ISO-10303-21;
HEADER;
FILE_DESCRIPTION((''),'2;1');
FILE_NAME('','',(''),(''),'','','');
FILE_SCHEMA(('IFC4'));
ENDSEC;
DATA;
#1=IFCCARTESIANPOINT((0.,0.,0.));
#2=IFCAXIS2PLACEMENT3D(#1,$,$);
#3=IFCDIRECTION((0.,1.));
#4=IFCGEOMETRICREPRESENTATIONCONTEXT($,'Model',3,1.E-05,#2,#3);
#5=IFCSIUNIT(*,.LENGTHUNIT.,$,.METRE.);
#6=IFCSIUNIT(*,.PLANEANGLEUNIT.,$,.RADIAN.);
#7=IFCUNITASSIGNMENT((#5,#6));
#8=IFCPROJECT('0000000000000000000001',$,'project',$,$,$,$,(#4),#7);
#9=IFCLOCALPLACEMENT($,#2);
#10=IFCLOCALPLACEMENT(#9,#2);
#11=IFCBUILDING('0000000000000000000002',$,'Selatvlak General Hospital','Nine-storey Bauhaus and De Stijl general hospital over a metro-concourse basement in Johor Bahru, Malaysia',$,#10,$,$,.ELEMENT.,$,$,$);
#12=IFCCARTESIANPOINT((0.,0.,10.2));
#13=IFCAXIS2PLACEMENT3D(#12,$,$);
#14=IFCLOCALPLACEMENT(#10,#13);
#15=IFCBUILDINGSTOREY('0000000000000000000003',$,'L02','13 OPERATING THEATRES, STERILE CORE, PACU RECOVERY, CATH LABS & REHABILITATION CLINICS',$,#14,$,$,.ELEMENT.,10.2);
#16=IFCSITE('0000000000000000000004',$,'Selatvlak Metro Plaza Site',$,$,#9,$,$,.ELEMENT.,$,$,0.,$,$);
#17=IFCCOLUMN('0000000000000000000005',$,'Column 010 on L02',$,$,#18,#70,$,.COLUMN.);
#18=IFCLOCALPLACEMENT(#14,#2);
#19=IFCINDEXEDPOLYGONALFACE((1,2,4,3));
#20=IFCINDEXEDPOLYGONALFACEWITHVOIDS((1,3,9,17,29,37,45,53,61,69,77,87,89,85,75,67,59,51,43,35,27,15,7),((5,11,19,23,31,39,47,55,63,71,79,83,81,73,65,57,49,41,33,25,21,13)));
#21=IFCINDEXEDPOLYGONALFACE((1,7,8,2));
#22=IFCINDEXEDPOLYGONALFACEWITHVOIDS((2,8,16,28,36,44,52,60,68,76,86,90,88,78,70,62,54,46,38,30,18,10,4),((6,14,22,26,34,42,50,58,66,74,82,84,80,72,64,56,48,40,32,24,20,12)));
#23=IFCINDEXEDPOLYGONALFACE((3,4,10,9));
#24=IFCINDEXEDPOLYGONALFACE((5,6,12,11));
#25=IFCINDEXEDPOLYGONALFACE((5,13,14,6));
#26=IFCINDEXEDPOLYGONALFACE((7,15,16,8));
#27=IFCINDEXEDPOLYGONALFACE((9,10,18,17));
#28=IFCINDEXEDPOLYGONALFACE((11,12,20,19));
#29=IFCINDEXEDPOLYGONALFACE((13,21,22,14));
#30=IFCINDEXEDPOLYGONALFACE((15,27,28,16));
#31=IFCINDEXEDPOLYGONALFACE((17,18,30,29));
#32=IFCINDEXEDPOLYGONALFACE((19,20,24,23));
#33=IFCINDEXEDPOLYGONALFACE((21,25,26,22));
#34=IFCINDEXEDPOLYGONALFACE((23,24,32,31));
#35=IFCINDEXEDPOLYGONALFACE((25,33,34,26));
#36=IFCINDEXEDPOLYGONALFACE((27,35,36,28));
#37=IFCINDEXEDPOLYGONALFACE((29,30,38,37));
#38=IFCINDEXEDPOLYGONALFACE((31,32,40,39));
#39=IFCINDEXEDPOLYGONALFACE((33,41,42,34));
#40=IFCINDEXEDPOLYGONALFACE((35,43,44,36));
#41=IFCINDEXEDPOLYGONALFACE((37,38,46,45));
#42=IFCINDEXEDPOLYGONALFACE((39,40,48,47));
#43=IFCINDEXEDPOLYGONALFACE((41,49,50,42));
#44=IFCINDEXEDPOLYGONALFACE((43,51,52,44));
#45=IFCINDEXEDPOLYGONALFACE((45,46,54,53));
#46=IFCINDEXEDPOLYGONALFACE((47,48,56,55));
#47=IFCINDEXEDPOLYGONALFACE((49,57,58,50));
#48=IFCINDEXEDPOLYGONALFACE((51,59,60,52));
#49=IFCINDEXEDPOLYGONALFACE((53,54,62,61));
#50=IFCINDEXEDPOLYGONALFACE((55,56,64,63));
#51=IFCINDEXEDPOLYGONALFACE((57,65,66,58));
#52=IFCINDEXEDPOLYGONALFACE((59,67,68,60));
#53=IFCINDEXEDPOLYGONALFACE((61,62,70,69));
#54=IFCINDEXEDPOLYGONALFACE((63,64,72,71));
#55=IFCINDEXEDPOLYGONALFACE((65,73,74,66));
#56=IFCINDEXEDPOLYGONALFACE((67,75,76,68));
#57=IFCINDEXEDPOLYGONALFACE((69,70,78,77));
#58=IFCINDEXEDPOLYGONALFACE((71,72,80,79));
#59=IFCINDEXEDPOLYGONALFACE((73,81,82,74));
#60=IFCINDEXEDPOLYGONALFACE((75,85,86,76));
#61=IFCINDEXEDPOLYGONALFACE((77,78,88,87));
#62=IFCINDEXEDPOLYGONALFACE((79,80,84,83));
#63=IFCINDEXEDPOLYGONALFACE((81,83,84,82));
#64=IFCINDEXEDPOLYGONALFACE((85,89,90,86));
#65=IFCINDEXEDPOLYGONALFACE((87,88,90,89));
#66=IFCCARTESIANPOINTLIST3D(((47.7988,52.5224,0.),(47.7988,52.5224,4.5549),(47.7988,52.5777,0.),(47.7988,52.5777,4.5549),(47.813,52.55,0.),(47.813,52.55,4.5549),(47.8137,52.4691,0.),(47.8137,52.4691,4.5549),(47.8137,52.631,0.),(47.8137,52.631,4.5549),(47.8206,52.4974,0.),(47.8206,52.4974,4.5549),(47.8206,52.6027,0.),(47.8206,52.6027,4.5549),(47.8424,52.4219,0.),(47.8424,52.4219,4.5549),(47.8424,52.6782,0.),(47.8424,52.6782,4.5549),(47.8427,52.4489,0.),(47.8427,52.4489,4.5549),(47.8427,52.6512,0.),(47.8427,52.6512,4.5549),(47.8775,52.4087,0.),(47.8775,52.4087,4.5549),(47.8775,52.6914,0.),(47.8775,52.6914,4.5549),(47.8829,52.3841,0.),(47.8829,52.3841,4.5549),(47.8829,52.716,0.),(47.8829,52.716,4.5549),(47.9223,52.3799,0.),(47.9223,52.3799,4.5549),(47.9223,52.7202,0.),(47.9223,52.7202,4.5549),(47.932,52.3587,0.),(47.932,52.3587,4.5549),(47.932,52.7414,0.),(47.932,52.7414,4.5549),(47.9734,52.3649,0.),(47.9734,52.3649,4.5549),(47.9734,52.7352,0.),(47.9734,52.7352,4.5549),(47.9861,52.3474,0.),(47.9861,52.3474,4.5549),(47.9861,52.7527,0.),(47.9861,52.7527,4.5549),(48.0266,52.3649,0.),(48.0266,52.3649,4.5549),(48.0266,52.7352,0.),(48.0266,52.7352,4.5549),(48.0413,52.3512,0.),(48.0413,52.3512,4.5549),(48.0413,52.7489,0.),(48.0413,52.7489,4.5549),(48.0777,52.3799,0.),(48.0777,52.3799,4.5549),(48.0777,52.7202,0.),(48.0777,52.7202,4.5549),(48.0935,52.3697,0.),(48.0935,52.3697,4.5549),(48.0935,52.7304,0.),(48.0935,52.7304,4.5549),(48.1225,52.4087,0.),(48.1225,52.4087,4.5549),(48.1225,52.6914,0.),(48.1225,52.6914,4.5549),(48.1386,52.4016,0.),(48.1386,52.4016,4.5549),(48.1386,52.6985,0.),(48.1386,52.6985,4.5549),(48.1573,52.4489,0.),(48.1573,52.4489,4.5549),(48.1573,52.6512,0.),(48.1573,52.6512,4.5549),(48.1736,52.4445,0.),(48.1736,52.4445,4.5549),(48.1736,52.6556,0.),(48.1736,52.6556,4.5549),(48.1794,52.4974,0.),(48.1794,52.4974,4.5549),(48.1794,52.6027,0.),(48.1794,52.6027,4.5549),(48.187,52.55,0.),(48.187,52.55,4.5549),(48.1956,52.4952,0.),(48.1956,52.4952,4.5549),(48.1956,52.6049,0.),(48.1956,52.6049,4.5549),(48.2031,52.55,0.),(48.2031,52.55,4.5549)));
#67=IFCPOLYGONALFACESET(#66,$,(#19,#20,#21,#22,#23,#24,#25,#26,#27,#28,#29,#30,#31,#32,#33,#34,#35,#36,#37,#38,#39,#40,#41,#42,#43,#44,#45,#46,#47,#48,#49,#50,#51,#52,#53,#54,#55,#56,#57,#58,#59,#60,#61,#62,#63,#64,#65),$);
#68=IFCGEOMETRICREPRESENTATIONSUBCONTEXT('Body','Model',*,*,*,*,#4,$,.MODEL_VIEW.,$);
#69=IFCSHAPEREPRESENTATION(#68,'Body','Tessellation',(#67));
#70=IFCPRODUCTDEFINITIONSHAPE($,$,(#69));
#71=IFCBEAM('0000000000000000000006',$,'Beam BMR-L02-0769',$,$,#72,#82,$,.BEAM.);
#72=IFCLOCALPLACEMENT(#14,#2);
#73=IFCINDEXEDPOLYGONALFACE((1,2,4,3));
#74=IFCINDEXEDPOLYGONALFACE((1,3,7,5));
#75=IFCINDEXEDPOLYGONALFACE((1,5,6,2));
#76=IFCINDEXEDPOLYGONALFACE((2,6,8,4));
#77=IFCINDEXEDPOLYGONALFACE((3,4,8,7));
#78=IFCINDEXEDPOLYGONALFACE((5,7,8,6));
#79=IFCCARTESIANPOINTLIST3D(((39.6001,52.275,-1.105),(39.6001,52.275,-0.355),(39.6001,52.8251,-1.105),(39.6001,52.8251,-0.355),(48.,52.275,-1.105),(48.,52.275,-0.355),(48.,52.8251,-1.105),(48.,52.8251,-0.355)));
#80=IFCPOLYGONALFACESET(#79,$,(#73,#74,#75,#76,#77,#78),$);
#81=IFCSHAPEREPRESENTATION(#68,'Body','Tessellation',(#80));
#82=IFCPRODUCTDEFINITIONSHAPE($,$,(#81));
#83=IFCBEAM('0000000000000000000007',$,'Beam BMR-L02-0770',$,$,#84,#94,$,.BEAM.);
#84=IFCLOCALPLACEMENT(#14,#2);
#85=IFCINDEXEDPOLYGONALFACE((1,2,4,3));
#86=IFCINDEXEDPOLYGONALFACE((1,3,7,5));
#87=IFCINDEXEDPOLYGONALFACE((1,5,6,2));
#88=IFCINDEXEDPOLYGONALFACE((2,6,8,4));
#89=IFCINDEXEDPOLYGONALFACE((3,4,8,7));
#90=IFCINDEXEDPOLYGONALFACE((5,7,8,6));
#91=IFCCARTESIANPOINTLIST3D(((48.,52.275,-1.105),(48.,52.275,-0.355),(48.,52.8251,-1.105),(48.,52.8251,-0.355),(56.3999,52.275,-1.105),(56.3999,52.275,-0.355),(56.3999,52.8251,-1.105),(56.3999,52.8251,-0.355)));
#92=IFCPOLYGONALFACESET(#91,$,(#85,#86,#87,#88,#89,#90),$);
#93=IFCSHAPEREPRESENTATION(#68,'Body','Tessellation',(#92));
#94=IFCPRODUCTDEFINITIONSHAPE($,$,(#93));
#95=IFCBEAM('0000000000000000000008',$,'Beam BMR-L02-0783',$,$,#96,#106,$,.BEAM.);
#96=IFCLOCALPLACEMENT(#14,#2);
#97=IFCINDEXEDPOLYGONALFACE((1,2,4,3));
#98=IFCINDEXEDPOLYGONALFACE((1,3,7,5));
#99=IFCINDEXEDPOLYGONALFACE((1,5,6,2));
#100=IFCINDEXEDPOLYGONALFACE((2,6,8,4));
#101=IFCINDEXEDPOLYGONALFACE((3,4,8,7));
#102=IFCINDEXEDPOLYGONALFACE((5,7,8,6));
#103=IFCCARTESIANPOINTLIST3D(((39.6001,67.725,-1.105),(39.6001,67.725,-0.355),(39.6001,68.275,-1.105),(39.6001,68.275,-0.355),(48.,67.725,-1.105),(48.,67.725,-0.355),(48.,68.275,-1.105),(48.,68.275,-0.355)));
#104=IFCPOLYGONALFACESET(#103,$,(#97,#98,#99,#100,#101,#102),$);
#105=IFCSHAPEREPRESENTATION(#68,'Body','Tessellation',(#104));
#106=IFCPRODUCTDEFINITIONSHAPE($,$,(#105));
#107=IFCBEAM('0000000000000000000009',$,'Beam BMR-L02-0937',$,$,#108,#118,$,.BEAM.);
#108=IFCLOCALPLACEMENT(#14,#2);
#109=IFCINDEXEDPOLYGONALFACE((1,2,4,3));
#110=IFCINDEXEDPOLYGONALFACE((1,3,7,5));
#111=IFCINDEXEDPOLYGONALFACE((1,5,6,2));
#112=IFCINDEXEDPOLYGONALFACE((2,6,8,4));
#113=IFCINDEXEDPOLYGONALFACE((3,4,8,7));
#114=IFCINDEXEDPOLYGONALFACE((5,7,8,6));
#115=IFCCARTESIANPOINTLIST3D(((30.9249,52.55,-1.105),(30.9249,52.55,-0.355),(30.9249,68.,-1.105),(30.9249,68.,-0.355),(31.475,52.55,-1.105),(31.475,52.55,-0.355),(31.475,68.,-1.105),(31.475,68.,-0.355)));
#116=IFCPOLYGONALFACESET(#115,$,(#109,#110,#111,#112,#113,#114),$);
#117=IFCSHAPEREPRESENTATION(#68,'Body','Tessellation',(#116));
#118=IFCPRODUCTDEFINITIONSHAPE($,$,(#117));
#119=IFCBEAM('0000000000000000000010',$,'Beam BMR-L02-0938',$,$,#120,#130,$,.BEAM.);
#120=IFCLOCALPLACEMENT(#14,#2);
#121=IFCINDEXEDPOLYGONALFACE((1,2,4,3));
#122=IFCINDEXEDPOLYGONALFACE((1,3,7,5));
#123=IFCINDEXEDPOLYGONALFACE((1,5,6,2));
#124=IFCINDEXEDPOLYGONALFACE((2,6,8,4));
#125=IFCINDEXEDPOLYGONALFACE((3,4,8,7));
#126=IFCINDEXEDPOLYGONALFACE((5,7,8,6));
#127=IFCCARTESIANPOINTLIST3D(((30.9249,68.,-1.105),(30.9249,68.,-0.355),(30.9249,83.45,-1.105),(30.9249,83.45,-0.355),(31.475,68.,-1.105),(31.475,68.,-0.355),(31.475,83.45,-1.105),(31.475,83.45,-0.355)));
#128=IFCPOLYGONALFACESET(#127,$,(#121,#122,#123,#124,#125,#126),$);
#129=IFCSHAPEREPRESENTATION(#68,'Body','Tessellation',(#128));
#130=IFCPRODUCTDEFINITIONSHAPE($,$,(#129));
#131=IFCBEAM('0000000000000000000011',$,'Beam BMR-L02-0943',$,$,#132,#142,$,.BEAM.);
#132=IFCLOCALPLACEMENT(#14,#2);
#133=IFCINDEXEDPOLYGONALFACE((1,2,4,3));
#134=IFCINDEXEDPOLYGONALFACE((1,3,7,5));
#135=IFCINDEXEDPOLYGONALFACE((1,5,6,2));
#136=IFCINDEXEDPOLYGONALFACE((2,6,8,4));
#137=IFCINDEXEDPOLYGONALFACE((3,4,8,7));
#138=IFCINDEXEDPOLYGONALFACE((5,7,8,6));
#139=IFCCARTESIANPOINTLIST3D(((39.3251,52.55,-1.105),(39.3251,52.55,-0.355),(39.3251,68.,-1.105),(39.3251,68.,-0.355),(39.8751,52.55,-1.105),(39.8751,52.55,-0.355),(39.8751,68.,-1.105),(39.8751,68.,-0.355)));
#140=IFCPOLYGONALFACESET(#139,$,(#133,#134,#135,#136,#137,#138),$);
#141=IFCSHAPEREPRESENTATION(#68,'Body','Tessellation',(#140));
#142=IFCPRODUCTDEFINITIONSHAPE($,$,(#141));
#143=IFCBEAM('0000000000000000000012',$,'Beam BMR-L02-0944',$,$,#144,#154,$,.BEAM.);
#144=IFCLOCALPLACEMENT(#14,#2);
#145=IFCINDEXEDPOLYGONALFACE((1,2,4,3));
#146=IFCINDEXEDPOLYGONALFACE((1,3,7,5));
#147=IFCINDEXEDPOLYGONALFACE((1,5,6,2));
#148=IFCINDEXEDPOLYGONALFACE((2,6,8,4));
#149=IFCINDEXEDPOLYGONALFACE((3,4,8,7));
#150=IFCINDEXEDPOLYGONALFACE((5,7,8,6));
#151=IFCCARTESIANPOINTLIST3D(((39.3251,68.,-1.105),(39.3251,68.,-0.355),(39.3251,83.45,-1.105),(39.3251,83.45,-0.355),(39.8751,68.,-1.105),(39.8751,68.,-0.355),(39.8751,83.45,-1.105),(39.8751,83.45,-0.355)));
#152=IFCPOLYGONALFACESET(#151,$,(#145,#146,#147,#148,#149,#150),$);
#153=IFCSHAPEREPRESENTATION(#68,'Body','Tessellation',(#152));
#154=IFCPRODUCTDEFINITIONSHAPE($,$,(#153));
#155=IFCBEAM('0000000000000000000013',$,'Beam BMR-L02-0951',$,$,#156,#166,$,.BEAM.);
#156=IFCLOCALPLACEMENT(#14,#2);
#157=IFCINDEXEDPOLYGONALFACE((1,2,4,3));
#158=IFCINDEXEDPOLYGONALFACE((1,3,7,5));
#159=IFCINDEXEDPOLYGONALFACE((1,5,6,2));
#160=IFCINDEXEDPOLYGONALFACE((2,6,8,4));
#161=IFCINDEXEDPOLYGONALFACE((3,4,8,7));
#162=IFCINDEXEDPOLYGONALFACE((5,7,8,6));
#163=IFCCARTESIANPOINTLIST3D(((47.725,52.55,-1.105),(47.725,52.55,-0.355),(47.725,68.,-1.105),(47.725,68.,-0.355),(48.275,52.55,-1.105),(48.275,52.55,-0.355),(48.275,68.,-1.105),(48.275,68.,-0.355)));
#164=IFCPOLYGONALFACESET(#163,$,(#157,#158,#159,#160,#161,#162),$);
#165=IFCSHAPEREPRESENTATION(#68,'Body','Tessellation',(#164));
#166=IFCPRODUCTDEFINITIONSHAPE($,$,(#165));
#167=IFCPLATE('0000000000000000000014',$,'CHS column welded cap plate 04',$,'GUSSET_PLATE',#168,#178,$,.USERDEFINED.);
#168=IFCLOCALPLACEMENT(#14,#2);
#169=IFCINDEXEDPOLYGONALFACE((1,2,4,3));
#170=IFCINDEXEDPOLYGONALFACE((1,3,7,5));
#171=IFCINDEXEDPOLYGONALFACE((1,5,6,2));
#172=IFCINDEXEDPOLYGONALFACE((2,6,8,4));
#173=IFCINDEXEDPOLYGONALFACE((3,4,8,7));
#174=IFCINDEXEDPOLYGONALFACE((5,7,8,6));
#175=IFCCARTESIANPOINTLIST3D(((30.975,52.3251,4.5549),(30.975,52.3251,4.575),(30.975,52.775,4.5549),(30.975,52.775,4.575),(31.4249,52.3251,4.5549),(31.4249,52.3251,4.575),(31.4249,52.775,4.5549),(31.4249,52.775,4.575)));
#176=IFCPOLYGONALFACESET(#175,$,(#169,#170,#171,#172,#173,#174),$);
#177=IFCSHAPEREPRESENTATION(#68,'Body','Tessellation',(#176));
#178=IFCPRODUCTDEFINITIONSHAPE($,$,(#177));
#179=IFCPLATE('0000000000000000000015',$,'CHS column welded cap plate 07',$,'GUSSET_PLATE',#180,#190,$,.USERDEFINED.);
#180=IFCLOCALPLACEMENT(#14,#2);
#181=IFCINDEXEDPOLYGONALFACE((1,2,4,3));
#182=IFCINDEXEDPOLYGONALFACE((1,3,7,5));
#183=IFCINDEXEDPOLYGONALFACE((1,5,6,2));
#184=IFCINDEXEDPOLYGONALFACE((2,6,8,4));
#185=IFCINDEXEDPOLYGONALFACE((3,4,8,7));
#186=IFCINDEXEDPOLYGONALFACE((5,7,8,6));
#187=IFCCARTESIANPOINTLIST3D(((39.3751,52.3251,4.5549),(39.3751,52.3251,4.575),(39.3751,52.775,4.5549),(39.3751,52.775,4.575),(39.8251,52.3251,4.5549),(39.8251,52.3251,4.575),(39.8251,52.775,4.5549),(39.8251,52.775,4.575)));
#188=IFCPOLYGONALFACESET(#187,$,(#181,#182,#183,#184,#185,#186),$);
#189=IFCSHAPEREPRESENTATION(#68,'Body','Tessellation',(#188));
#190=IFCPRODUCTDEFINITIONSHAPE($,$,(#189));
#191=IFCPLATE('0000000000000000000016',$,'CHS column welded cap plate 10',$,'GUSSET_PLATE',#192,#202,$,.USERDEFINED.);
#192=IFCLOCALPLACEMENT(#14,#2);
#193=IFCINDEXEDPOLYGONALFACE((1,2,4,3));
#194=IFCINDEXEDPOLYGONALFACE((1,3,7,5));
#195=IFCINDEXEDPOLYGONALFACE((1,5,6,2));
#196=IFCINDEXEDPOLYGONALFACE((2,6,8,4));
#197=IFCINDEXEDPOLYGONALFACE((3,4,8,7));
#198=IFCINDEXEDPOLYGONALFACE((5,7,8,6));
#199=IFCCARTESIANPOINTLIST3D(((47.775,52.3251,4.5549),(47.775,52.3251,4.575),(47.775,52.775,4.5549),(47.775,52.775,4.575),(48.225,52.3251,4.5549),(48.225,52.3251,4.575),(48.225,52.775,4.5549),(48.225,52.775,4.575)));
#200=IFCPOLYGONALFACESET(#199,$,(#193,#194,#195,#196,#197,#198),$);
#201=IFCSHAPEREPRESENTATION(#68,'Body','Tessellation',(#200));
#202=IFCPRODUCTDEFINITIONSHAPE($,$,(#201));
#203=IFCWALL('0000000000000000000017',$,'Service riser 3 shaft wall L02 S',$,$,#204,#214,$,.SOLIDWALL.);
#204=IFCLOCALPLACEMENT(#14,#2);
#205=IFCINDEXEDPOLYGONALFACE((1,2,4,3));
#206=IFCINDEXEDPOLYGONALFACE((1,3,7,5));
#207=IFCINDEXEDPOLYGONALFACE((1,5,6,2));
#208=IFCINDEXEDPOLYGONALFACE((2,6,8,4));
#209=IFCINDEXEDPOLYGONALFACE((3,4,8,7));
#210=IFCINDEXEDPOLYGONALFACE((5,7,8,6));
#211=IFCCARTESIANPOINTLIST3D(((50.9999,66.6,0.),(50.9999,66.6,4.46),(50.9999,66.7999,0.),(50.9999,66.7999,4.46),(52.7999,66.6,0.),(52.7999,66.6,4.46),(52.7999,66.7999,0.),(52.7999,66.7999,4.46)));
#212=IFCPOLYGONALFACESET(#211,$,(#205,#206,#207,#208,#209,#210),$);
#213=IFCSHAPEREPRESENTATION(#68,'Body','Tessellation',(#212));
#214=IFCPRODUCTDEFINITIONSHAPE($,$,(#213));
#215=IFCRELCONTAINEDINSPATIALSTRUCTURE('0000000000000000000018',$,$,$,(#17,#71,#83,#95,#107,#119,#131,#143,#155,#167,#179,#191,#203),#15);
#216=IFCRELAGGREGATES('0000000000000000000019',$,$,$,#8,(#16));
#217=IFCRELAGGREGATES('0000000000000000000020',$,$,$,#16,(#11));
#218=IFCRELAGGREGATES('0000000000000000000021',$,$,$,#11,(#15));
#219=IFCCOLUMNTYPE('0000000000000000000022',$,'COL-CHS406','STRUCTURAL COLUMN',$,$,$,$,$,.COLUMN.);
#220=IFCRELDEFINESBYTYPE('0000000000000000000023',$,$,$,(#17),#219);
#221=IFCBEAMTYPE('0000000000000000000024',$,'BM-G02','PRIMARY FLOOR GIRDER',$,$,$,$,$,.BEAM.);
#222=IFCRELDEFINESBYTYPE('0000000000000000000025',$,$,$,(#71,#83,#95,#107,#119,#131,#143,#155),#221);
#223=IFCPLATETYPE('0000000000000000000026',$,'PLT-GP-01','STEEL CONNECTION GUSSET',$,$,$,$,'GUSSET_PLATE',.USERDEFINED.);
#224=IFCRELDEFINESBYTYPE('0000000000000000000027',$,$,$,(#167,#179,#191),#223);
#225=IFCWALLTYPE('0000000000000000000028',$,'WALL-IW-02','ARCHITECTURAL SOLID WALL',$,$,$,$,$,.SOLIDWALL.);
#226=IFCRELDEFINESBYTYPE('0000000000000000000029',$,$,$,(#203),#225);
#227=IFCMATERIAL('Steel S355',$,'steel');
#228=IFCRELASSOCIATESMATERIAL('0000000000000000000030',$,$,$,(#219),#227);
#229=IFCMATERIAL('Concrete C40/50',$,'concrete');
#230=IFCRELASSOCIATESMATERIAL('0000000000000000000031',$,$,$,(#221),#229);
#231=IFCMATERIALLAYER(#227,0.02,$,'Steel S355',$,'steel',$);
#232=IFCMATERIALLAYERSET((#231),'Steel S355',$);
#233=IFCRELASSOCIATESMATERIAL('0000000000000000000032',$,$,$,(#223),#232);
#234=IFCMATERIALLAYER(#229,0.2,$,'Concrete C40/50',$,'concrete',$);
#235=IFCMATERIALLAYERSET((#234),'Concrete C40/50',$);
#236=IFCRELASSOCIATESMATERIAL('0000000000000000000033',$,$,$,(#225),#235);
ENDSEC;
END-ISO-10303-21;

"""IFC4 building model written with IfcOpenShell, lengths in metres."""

from ifc_helpers import new_model, si_unit, direction, frame, frame_2d, origin, origin_2d, place, context, subcontext, project, spatial, rectangle, hollow_circle, extrude, material, layer, layer_set, material_profile, profile_set, type_object, element, save


model = new_model("IFC4")

# Units and contexts
model_context = context("Model", 3, precision=1e-05, world=origin(), true_north=direction((0.0, 1.0)))
body_context = subcontext(model_context, "Body", "Model", "MODEL_VIEW")
ifc_project = project(units=[si_unit("LENGTHUNIT", "METRE"), si_unit("PLANEANGLEUNIT", "RADIAN")], contexts=[model_context])

# Site, building, storey
site_placement = place(None, origin())
site = spatial("IfcSite", under=ifc_project, at=site_placement, Name="Selatvlak Metro Plaza Site", CompositionType="ELEMENT", RefElevation=0.0)
building_placement = place(site_placement, origin())
building = spatial("IfcBuilding", under=site, at=building_placement, Name="Selatvlak General Hospital", Description="Nine-storey Bauhaus and De Stijl general hospital over a metro-concourse basement in Johor Bahru, Malaysia", CompositionType="ELEMENT")
storey_placement = place(building_placement, frame((0.0, 0.0, 10.2)))
storey = spatial("IfcBuildingStorey", under=building, at=storey_placement, Name="L02", Description="13 OPERATING THEATRES, STERILE CORE, PACU RECOVERY, CATH LABS & REHABILITATION CLINICS", CompositionType="ELEMENT", Elevation=10.2)

# Column
ifc_material_1 = material(Name="Steel S355", Category="steel")
ifc_material_profile_1 = material_profile(ifc_material_1, hollow_circle(Radius=0.2031, WallThickness=0.0161, at=origin_2d()), Name="CHS 406.4x16")
ifc_profile_set_1 = profile_set([ifc_material_profile_1], Name="Steel S355")
column_type = type_object("IfcColumnType", Name="COL-CHS406", Description="STRUCTURAL COLUMN", PredefinedType="COLUMN", material=ifc_profile_set_1)
column_1_placement = place(storey_placement, frame((48.0, 52.55, 0.0), z_axis=(0.0, 0.0, 1.0), x_axis=(1.0, 0.0, 0.0)))
element("IfcColumn", 1, at=column_1_placement, inside=storey, type_object=column_type, Name="Column 010 on L02", PredefinedType="COLUMN", context=body_context, shape_type="SweptSolid", body=[
    extrude(hollow_circle(Radius=0.2031, WallThickness=0.0161, at=origin_2d()), origin(), (0.0, 0.0, 1.0), 4.5549),
])

# Beams
ifc_material_2 = material(Name="Concrete C40/50", Category="concrete")
ifc_material_profile_2 = material_profile(ifc_material_2, rectangle(XDim=0.55, YDim=0.75, at=origin_2d()), Name="RC-BM 550x750")
ifc_profile_set_2 = profile_set([ifc_material_profile_2], Name="Concrete C40/50")
beam_type = type_object("IfcBeamType", Name="BM-G02", Description="PRIMARY FLOOR GIRDER", PredefinedType="BEAM", material=ifc_profile_set_2)
for number, where, z_axis, x_axis, name in (
    (2, (39.6001, 52.55, -0.73), (1.0, 0.0, 0.0), (0.0, 1.0, 0.0), "Beam BMR-L02-0769"),
    (3, (48.0, 52.55, -0.73), (1.0, 0.0, 0.0), (0.0, 1.0, 0.0), "Beam BMR-L02-0770"),
    (4, (39.6001, 68.0, -0.73), (1.0, 0.0, 0.0), (0.0, 1.0, 0.0), "Beam BMR-L02-0783"),
):
    element("IfcBeam", number, at=place(storey_placement, frame(where, z_axis=z_axis, x_axis=x_axis)), inside=storey, type_object=beam_type, Name=name, PredefinedType="BEAM", context=body_context, shape_type="SweptSolid", body=[
        extrude(rectangle(XDim=0.55, YDim=0.75, at=origin_2d()), origin(), (0.0, 0.0, 1.0), 8.3999),
    ])
for number, where, z_axis, x_axis, name in (
    (5, (31.2, 52.55, -0.73), (0.0, 1.0, 0.0), (-1.0, 0.0, 0.0), "Beam BMR-L02-0937"),
    (6, (31.2, 68.0, -0.73), (0.0, 1.0, 0.0), (-1.0, 0.0, 0.0), "Beam BMR-L02-0938"),
    (7, (39.6001, 52.55, -0.73), (0.0, 1.0, 0.0), (-1.0, 0.0, 0.0), "Beam BMR-L02-0943"),
    (8, (39.6001, 68.0, -0.73), (0.0, 1.0, 0.0), (-1.0, 0.0, 0.0), "Beam BMR-L02-0944"),
    (9, (48.0, 52.55, -0.73), (0.0, 1.0, 0.0), (-1.0, 0.0, 0.0), "Beam BMR-L02-0951"),
):
    element("IfcBeam", number, at=place(storey_placement, frame(where, z_axis=z_axis, x_axis=x_axis)), inside=storey, type_object=beam_type, Name=name, PredefinedType="BEAM", context=body_context, shape_type="SweptSolid", body=[
        extrude(rectangle(XDim=0.55, YDim=0.75, at=origin_2d()), origin(), (0.0, 0.0, 1.0), 15.45),
    ])

# Plates
ifc_layer_1 = layer(ifc_material_1, 0.02, Name="Steel S355", Category="steel")
ifc_layer_set_1 = layer_set([ifc_layer_1], Name="Steel S355")
plate_type = type_object("IfcPlateType", Name="PLT-GP-01", Description="STEEL CONNECTION GUSSET", ElementType="GUSSET_PLATE", PredefinedType="USERDEFINED", material=ifc_layer_set_1)
for number, where, z_axis, x_axis, name in (
    (10, (31.2, 52.55, 4.5549), (0.0, 0.0, 1.0), (1.0, 0.0, 0.0), "CHS column welded cap plate 04"),
    (11, (39.6001, 52.55, 4.5549), (0.0, 0.0, 1.0), (1.0, 0.0, 0.0), "CHS column welded cap plate 07"),
    (12, (48.0, 52.55, 4.5549), (0.0, 0.0, 1.0), (1.0, 0.0, 0.0), "CHS column welded cap plate 10"),
):
    element("IfcPlate", number, at=place(storey_placement, frame(where, z_axis=z_axis, x_axis=x_axis)), inside=storey, type_object=plate_type, Name=name, ObjectType="GUSSET_PLATE", PredefinedType="USERDEFINED", context=body_context, shape_type="SweptSolid", body=[
        extrude(rectangle(XDim=0.45, YDim=0.45, at=origin_2d()), origin(), (0.0, 0.0, 1.0), 0.02),
    ])

# Wall
ifc_layer_2 = layer(ifc_material_2, 0.2, Name="Concrete C40/50", Category="concrete")
ifc_layer_set_2 = layer_set([ifc_layer_2], Name="Concrete C40/50")
wall_type_1 = type_object("IfcWallType", Name="WALL-IW-02", Description="ARCHITECTURAL SOLID WALL", PredefinedType="SOLIDWALL", material=ifc_layer_set_2)
wall_1_placement = place(storey_placement, frame((51.0, 66.7, 0.0), z_axis=(0.0, 0.0, 1.0), x_axis=(1.0, 0.0, 0.0)))
element("IfcWall", 13, at=wall_1_placement, inside=storey, type_object=wall_type_1, Name="Service riser 3 shaft wall L02 S", PredefinedType="SOLIDWALL", context=body_context, shape_type="SweptSolid", body=[
    extrude(rectangle(XDim=1.8, YDim=0.2, at=frame_2d((0.8999, 0.0))), origin(), (0.0, 0.0, 1.0), 4.46),
])

save(model, "model.ifc")
